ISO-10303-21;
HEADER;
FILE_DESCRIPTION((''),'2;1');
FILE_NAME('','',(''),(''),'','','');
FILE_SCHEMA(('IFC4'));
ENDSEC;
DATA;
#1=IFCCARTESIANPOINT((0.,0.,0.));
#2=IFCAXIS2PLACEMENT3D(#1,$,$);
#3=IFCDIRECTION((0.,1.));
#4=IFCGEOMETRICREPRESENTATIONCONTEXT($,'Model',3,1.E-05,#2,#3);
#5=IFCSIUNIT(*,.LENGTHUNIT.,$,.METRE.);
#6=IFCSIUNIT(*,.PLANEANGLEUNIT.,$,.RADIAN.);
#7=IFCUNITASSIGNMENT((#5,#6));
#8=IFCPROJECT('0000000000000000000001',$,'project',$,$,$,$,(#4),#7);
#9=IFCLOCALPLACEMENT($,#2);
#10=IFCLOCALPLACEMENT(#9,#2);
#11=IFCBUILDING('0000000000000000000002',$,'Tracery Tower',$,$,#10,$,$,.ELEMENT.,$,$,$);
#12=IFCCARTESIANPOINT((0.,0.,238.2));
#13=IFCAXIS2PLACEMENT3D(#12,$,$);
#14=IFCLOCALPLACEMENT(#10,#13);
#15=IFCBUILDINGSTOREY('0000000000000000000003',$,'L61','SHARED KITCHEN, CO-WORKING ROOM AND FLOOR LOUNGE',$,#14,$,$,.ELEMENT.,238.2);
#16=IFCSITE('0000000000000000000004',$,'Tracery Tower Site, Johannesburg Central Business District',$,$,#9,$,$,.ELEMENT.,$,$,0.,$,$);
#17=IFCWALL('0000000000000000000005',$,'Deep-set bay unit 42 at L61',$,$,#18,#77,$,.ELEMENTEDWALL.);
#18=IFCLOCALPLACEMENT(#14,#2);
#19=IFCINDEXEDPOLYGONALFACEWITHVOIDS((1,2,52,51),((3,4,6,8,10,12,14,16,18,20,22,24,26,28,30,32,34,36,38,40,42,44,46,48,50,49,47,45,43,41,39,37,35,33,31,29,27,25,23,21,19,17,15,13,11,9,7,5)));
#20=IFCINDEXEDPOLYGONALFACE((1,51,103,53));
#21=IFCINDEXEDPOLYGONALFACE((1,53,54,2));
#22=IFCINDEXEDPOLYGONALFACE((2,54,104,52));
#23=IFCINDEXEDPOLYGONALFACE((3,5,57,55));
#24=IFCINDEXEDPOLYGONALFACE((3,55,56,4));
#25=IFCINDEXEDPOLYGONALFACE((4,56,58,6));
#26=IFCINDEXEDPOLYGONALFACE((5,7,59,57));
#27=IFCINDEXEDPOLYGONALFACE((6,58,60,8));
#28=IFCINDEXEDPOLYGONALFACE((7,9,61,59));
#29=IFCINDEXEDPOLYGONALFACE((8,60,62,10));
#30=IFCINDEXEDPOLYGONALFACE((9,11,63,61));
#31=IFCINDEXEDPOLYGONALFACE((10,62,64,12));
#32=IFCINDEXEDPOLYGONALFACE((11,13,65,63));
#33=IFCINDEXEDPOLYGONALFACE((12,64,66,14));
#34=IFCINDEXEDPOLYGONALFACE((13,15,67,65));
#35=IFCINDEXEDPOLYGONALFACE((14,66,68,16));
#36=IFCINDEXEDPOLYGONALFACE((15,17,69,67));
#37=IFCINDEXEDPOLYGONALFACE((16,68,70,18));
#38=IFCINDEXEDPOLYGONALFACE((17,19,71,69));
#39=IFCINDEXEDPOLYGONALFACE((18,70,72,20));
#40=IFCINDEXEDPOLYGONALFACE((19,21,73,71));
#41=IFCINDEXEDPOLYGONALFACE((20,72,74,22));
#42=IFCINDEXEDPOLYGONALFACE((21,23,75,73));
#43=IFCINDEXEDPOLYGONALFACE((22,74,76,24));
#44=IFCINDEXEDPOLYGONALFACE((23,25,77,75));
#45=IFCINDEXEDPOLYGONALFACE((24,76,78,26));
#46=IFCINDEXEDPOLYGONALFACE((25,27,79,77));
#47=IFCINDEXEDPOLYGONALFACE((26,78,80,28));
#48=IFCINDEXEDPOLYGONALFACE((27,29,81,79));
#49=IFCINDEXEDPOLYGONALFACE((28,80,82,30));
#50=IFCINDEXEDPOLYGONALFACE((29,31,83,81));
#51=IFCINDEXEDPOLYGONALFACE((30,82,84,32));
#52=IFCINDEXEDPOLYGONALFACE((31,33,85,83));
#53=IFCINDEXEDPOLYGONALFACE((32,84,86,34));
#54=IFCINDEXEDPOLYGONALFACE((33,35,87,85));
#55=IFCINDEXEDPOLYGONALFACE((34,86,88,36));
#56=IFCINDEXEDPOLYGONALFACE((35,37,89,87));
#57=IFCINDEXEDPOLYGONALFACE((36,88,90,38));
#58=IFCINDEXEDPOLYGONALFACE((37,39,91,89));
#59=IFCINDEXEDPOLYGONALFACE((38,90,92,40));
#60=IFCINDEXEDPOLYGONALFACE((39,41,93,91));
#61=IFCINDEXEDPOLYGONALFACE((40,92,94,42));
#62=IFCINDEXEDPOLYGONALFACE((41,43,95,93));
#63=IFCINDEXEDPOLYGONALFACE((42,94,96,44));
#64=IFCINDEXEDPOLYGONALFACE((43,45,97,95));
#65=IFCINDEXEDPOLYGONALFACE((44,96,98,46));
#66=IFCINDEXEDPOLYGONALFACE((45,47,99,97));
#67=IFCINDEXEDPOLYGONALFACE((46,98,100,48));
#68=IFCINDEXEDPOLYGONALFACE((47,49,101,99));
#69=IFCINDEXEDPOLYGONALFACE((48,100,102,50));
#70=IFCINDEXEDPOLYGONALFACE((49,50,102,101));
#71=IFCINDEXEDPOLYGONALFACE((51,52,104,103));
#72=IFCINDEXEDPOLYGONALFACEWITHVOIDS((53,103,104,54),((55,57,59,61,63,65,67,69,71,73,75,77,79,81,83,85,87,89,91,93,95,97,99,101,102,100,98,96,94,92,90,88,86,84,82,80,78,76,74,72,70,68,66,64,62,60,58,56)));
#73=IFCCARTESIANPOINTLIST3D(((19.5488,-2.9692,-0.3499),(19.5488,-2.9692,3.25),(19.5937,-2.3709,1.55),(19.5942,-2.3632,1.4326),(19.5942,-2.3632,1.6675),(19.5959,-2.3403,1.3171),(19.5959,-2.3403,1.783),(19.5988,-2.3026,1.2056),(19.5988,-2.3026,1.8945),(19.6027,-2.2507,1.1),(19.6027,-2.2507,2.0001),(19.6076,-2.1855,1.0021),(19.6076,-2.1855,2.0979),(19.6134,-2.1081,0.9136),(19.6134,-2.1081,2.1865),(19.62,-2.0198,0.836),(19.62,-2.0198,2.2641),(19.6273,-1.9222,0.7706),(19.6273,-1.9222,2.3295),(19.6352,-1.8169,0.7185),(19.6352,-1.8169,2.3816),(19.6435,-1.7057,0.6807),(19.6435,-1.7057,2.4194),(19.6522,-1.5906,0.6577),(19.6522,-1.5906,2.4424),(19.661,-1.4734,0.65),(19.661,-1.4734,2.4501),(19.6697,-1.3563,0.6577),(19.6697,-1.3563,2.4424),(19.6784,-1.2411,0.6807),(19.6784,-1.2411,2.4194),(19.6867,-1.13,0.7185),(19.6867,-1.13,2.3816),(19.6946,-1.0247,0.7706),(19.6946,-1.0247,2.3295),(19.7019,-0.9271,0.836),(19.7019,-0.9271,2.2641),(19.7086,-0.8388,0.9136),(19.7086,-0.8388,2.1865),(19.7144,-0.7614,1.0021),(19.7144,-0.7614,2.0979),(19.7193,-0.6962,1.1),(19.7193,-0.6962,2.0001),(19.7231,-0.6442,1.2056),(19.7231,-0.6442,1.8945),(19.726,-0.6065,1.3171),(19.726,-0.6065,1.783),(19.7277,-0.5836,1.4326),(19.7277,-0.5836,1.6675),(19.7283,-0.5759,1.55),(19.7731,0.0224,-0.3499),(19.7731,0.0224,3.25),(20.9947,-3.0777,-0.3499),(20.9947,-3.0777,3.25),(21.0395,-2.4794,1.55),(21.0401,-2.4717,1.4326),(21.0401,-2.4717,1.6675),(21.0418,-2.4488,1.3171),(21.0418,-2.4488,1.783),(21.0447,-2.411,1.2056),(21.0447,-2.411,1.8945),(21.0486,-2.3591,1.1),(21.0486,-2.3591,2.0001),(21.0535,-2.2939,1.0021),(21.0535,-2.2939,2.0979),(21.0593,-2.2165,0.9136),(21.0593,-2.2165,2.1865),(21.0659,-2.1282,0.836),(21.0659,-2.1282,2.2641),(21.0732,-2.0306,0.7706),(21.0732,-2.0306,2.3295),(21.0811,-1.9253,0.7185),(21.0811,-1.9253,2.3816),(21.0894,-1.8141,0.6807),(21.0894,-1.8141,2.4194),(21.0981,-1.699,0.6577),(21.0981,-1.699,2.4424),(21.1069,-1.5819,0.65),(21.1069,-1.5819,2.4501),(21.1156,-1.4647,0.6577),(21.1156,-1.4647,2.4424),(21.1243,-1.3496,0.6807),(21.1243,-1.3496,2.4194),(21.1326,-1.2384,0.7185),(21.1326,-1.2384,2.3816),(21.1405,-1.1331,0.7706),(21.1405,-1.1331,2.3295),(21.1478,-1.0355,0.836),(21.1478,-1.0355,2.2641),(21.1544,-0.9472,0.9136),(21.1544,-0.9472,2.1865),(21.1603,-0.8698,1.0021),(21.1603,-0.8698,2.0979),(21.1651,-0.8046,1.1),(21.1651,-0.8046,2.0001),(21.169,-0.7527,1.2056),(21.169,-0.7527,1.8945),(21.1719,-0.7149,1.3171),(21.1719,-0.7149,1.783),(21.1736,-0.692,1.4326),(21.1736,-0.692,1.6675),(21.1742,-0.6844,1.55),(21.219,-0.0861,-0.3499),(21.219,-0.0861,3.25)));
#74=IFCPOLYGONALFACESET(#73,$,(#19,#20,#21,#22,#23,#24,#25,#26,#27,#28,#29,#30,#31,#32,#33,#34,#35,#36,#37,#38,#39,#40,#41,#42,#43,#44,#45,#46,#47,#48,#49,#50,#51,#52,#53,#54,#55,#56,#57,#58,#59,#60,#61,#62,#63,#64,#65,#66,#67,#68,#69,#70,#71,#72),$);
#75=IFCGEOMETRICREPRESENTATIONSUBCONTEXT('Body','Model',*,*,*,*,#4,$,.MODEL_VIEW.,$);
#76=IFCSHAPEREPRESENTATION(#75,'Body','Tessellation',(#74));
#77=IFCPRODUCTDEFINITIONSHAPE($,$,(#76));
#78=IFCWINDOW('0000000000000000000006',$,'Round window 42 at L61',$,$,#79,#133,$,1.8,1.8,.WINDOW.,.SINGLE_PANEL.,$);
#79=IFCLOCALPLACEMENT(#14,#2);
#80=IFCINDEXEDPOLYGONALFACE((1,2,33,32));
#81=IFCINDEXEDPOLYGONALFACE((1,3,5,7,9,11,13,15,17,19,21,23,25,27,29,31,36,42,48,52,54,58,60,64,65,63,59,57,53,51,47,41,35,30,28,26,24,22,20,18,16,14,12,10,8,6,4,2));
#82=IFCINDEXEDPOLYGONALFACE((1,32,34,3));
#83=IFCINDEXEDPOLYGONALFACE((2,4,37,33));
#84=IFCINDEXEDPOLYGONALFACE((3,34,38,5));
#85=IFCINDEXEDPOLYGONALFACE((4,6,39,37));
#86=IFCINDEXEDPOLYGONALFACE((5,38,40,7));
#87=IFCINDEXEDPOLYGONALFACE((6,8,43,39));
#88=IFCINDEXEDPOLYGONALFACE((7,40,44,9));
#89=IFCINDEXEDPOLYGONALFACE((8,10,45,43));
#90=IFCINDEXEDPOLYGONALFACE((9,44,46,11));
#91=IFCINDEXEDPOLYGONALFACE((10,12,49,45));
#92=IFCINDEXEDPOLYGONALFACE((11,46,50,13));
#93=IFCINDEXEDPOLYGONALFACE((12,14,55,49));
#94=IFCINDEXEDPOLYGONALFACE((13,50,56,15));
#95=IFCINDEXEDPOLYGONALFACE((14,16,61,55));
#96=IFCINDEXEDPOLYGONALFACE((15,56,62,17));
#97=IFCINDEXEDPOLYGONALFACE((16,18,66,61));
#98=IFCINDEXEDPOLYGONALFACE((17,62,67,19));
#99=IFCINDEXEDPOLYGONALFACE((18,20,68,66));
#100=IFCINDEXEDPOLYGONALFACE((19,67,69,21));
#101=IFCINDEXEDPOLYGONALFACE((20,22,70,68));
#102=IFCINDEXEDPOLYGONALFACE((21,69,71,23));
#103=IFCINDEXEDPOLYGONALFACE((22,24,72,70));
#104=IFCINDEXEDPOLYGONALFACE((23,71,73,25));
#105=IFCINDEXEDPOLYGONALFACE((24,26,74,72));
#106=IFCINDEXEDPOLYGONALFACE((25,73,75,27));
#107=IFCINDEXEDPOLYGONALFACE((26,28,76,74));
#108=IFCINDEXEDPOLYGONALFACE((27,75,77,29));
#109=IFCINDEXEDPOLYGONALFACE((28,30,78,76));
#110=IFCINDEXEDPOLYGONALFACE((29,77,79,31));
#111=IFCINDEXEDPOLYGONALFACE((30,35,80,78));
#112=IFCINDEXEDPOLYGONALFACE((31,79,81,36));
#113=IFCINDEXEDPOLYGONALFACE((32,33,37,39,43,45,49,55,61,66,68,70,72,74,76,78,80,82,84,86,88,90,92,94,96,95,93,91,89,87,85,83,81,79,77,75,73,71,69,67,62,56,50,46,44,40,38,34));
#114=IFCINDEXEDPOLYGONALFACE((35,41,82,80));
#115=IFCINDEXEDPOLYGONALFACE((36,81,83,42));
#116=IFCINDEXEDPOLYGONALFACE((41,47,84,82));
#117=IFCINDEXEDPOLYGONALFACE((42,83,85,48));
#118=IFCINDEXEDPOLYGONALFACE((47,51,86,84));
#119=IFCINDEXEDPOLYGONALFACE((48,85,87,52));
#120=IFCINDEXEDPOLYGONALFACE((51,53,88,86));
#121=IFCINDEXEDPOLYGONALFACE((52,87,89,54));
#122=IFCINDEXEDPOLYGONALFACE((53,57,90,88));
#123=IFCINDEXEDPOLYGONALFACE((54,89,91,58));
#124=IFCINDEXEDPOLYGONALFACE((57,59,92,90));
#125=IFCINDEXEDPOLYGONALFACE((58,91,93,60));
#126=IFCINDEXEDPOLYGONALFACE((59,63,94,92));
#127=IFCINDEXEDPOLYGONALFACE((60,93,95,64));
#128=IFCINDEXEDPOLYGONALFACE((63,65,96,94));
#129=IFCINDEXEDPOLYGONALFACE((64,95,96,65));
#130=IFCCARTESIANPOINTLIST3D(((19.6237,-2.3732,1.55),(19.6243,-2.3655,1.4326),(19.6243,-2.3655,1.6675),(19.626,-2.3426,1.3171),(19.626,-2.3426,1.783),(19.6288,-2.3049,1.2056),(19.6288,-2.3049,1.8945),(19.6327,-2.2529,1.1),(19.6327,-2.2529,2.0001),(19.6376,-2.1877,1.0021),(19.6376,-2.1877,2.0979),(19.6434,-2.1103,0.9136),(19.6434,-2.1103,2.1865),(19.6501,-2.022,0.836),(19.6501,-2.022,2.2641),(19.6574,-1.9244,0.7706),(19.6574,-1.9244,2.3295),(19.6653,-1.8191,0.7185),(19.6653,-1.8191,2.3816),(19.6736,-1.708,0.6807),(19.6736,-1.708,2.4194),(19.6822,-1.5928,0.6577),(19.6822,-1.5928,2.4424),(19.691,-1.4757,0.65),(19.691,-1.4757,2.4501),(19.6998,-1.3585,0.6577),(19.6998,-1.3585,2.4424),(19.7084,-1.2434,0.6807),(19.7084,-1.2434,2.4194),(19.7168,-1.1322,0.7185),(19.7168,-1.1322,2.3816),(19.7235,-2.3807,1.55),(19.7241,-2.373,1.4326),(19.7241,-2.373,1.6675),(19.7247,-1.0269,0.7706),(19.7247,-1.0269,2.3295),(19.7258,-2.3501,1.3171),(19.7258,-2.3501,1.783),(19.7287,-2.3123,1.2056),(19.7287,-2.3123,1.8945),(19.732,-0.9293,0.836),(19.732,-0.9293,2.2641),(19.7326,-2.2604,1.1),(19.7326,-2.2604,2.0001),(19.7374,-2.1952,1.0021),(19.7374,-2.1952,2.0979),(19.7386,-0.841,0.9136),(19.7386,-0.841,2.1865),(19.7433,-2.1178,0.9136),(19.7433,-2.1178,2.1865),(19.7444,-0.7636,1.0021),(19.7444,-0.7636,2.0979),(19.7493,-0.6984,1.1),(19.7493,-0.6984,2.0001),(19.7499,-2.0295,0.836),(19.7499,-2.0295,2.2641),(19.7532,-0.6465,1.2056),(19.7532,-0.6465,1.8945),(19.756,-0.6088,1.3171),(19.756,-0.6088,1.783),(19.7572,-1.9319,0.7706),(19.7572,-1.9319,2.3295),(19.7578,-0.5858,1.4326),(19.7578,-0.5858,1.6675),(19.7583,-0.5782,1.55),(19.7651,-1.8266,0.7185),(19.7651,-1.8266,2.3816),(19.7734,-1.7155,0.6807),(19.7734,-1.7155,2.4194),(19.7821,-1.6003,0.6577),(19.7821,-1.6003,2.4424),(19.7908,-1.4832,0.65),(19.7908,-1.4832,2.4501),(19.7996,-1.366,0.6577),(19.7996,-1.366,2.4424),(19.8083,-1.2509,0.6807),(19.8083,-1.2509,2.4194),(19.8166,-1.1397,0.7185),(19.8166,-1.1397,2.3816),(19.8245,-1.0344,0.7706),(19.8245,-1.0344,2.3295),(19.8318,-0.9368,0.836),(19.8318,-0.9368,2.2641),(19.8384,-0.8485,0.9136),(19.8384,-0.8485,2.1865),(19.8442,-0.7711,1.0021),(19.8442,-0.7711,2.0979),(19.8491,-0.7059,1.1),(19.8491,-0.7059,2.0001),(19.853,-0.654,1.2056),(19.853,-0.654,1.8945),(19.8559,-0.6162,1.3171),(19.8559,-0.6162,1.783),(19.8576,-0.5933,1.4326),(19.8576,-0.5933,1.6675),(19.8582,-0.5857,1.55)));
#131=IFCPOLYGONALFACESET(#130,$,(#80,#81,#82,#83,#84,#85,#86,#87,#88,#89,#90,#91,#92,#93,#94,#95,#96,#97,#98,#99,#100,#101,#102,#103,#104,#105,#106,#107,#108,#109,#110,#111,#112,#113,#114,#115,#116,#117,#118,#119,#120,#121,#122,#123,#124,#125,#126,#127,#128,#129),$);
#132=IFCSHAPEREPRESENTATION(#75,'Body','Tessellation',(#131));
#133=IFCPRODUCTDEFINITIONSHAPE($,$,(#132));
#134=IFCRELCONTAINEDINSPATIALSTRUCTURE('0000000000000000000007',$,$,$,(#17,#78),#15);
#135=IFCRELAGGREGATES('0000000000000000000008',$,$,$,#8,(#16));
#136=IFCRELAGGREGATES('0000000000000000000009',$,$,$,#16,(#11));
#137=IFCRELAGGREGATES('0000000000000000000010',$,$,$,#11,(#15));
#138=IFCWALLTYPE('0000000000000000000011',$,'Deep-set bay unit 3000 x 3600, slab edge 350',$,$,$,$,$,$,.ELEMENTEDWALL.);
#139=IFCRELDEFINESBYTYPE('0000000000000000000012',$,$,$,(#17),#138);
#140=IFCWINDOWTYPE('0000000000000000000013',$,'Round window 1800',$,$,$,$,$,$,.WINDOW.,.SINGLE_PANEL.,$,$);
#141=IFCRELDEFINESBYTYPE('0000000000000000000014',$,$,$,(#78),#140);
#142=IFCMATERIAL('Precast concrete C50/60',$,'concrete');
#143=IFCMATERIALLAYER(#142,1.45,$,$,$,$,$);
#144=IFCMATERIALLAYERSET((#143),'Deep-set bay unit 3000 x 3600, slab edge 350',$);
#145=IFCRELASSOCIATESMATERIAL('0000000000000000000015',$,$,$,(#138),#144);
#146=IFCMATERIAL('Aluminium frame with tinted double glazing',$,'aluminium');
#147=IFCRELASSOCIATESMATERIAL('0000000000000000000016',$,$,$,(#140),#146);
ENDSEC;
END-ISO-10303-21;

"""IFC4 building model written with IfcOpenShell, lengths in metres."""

from ifc_helpers import new_model, si_unit, direction, frame, frame_2d, origin, origin_2d, place, context, subcontext, project, spatial, rectangle, circle, extrude, material, layer, layer_set, type_object, element, fill, save


model = new_model("IFC4")

# Units and contexts
model_context = context("Model", 3, precision=1e-05, world=origin(), true_north=direction((0.0, 1.0)))
body_context = subcontext(model_context, "Body", "Model", "MODEL_VIEW")
ifc_project = project(units=[si_unit("LENGTHUNIT", "METRE"), si_unit("PLANEANGLEUNIT", "RADIAN")], contexts=[model_context])

# Site, building, storey
site_placement = place(None, origin())
site = spatial("IfcSite", under=ifc_project, at=site_placement, Name="Tracery Tower Site, Johannesburg Central Business District", CompositionType="ELEMENT", RefElevation=0.0)
building_placement = place(site_placement, origin())
building = spatial("IfcBuilding", under=site, at=building_placement, Name="Tracery Tower", CompositionType="ELEMENT")
storey_placement = place(building_placement, frame((0.0, 0.0, 238.2)))
storey = spatial("IfcBuildingStorey", under=building, at=storey_placement, Name="L61", Description="SHARED KITCHEN, CO-WORKING ROOM AND FLOOR LOUNGE", CompositionType="ELEMENT", Elevation=238.2)

# Wall, opening, window
ifc_material_1 = material(Name="Precast concrete C50/60", Category="concrete")
ifc_layer_1 = layer(ifc_material_1, 1.45)
ifc_layer_set_1 = layer_set([ifc_layer_1], Name="Deep-set bay unit 3000 x 3600, slab edge 350")
wall_type_1 = type_object("IfcWallType", Name="Deep-set bay unit 3000 x 3600, slab edge 350", PredefinedType="ELEMENTEDWALL", material=ifc_layer_set_1)
wall_1_placement = place(storey_placement, frame((20.2717, -3.0234, -0.3499), z_axis=(0.0, 0.0, 1.0), x_axis=(0.074786, 0.9972, 0.0)))
wall_1 = element("IfcWall", 1, at=wall_1_placement, inside=storey, type_object=wall_type_1, Name="Deep-set bay unit 42 at L61", PredefinedType="ELEMENTEDWALL", context=body_context, shape_type="SweptSolid", body=[
    extrude(rectangle(XDim=3.0, YDim=1.45, at=frame_2d((1.5, 0.0))), origin(), (0.0, 0.0, 1.0), 3.5999),
])
opening_1_placement = place(wall_1_placement, frame((1.5, 0.0, 1.8999)))
opening_1 = element("IfcOpeningElement", 2, at=opening_1_placement, cuts=wall_1, PredefinedType="OPENING", context=body_context, shape_type="SweptSolid", body=[
    extrude(circle(Radius=0.9, at=origin_2d()), frame((0.0, 0.7349, 0.0), z_axis=(0.0, -1.0, 0.0), x_axis=(1.0, 0.0, 0.0)), (0.0, 0.0, 1.0), 1.47),
])
ifc_material_2 = material(Name="Aluminium frame with tinted double glazing", Category="aluminium")
window_type = type_object("IfcWindowType", Name="Round window 1800", PartitioningType="SINGLE_PANEL", PredefinedType="WINDOW", material=ifc_material_2)
window_1_placement = place(opening_1_placement, origin())
window_1 = element("IfcWindow", 3, at=window_1_placement, inside=storey, type_object=window_type, Name="Round window 42 at L61", OverallHeight=1.8, OverallWidth=1.8, PartitioningType="SINGLE_PANEL", PredefinedType="WINDOW", context=body_context, shape_type="SweptSolid", body=[
    extrude(circle(Radius=0.9, at=origin_2d()), frame((0.0, 0.6948, 0.0), z_axis=(0.0, -1.0, 0.0), x_axis=(1.0, 0.0, 0.0)), (0.0, 0.0, 1.0), 0.1001),
])
fill(opening_1, window_1)

save(model, "model.ifc")
